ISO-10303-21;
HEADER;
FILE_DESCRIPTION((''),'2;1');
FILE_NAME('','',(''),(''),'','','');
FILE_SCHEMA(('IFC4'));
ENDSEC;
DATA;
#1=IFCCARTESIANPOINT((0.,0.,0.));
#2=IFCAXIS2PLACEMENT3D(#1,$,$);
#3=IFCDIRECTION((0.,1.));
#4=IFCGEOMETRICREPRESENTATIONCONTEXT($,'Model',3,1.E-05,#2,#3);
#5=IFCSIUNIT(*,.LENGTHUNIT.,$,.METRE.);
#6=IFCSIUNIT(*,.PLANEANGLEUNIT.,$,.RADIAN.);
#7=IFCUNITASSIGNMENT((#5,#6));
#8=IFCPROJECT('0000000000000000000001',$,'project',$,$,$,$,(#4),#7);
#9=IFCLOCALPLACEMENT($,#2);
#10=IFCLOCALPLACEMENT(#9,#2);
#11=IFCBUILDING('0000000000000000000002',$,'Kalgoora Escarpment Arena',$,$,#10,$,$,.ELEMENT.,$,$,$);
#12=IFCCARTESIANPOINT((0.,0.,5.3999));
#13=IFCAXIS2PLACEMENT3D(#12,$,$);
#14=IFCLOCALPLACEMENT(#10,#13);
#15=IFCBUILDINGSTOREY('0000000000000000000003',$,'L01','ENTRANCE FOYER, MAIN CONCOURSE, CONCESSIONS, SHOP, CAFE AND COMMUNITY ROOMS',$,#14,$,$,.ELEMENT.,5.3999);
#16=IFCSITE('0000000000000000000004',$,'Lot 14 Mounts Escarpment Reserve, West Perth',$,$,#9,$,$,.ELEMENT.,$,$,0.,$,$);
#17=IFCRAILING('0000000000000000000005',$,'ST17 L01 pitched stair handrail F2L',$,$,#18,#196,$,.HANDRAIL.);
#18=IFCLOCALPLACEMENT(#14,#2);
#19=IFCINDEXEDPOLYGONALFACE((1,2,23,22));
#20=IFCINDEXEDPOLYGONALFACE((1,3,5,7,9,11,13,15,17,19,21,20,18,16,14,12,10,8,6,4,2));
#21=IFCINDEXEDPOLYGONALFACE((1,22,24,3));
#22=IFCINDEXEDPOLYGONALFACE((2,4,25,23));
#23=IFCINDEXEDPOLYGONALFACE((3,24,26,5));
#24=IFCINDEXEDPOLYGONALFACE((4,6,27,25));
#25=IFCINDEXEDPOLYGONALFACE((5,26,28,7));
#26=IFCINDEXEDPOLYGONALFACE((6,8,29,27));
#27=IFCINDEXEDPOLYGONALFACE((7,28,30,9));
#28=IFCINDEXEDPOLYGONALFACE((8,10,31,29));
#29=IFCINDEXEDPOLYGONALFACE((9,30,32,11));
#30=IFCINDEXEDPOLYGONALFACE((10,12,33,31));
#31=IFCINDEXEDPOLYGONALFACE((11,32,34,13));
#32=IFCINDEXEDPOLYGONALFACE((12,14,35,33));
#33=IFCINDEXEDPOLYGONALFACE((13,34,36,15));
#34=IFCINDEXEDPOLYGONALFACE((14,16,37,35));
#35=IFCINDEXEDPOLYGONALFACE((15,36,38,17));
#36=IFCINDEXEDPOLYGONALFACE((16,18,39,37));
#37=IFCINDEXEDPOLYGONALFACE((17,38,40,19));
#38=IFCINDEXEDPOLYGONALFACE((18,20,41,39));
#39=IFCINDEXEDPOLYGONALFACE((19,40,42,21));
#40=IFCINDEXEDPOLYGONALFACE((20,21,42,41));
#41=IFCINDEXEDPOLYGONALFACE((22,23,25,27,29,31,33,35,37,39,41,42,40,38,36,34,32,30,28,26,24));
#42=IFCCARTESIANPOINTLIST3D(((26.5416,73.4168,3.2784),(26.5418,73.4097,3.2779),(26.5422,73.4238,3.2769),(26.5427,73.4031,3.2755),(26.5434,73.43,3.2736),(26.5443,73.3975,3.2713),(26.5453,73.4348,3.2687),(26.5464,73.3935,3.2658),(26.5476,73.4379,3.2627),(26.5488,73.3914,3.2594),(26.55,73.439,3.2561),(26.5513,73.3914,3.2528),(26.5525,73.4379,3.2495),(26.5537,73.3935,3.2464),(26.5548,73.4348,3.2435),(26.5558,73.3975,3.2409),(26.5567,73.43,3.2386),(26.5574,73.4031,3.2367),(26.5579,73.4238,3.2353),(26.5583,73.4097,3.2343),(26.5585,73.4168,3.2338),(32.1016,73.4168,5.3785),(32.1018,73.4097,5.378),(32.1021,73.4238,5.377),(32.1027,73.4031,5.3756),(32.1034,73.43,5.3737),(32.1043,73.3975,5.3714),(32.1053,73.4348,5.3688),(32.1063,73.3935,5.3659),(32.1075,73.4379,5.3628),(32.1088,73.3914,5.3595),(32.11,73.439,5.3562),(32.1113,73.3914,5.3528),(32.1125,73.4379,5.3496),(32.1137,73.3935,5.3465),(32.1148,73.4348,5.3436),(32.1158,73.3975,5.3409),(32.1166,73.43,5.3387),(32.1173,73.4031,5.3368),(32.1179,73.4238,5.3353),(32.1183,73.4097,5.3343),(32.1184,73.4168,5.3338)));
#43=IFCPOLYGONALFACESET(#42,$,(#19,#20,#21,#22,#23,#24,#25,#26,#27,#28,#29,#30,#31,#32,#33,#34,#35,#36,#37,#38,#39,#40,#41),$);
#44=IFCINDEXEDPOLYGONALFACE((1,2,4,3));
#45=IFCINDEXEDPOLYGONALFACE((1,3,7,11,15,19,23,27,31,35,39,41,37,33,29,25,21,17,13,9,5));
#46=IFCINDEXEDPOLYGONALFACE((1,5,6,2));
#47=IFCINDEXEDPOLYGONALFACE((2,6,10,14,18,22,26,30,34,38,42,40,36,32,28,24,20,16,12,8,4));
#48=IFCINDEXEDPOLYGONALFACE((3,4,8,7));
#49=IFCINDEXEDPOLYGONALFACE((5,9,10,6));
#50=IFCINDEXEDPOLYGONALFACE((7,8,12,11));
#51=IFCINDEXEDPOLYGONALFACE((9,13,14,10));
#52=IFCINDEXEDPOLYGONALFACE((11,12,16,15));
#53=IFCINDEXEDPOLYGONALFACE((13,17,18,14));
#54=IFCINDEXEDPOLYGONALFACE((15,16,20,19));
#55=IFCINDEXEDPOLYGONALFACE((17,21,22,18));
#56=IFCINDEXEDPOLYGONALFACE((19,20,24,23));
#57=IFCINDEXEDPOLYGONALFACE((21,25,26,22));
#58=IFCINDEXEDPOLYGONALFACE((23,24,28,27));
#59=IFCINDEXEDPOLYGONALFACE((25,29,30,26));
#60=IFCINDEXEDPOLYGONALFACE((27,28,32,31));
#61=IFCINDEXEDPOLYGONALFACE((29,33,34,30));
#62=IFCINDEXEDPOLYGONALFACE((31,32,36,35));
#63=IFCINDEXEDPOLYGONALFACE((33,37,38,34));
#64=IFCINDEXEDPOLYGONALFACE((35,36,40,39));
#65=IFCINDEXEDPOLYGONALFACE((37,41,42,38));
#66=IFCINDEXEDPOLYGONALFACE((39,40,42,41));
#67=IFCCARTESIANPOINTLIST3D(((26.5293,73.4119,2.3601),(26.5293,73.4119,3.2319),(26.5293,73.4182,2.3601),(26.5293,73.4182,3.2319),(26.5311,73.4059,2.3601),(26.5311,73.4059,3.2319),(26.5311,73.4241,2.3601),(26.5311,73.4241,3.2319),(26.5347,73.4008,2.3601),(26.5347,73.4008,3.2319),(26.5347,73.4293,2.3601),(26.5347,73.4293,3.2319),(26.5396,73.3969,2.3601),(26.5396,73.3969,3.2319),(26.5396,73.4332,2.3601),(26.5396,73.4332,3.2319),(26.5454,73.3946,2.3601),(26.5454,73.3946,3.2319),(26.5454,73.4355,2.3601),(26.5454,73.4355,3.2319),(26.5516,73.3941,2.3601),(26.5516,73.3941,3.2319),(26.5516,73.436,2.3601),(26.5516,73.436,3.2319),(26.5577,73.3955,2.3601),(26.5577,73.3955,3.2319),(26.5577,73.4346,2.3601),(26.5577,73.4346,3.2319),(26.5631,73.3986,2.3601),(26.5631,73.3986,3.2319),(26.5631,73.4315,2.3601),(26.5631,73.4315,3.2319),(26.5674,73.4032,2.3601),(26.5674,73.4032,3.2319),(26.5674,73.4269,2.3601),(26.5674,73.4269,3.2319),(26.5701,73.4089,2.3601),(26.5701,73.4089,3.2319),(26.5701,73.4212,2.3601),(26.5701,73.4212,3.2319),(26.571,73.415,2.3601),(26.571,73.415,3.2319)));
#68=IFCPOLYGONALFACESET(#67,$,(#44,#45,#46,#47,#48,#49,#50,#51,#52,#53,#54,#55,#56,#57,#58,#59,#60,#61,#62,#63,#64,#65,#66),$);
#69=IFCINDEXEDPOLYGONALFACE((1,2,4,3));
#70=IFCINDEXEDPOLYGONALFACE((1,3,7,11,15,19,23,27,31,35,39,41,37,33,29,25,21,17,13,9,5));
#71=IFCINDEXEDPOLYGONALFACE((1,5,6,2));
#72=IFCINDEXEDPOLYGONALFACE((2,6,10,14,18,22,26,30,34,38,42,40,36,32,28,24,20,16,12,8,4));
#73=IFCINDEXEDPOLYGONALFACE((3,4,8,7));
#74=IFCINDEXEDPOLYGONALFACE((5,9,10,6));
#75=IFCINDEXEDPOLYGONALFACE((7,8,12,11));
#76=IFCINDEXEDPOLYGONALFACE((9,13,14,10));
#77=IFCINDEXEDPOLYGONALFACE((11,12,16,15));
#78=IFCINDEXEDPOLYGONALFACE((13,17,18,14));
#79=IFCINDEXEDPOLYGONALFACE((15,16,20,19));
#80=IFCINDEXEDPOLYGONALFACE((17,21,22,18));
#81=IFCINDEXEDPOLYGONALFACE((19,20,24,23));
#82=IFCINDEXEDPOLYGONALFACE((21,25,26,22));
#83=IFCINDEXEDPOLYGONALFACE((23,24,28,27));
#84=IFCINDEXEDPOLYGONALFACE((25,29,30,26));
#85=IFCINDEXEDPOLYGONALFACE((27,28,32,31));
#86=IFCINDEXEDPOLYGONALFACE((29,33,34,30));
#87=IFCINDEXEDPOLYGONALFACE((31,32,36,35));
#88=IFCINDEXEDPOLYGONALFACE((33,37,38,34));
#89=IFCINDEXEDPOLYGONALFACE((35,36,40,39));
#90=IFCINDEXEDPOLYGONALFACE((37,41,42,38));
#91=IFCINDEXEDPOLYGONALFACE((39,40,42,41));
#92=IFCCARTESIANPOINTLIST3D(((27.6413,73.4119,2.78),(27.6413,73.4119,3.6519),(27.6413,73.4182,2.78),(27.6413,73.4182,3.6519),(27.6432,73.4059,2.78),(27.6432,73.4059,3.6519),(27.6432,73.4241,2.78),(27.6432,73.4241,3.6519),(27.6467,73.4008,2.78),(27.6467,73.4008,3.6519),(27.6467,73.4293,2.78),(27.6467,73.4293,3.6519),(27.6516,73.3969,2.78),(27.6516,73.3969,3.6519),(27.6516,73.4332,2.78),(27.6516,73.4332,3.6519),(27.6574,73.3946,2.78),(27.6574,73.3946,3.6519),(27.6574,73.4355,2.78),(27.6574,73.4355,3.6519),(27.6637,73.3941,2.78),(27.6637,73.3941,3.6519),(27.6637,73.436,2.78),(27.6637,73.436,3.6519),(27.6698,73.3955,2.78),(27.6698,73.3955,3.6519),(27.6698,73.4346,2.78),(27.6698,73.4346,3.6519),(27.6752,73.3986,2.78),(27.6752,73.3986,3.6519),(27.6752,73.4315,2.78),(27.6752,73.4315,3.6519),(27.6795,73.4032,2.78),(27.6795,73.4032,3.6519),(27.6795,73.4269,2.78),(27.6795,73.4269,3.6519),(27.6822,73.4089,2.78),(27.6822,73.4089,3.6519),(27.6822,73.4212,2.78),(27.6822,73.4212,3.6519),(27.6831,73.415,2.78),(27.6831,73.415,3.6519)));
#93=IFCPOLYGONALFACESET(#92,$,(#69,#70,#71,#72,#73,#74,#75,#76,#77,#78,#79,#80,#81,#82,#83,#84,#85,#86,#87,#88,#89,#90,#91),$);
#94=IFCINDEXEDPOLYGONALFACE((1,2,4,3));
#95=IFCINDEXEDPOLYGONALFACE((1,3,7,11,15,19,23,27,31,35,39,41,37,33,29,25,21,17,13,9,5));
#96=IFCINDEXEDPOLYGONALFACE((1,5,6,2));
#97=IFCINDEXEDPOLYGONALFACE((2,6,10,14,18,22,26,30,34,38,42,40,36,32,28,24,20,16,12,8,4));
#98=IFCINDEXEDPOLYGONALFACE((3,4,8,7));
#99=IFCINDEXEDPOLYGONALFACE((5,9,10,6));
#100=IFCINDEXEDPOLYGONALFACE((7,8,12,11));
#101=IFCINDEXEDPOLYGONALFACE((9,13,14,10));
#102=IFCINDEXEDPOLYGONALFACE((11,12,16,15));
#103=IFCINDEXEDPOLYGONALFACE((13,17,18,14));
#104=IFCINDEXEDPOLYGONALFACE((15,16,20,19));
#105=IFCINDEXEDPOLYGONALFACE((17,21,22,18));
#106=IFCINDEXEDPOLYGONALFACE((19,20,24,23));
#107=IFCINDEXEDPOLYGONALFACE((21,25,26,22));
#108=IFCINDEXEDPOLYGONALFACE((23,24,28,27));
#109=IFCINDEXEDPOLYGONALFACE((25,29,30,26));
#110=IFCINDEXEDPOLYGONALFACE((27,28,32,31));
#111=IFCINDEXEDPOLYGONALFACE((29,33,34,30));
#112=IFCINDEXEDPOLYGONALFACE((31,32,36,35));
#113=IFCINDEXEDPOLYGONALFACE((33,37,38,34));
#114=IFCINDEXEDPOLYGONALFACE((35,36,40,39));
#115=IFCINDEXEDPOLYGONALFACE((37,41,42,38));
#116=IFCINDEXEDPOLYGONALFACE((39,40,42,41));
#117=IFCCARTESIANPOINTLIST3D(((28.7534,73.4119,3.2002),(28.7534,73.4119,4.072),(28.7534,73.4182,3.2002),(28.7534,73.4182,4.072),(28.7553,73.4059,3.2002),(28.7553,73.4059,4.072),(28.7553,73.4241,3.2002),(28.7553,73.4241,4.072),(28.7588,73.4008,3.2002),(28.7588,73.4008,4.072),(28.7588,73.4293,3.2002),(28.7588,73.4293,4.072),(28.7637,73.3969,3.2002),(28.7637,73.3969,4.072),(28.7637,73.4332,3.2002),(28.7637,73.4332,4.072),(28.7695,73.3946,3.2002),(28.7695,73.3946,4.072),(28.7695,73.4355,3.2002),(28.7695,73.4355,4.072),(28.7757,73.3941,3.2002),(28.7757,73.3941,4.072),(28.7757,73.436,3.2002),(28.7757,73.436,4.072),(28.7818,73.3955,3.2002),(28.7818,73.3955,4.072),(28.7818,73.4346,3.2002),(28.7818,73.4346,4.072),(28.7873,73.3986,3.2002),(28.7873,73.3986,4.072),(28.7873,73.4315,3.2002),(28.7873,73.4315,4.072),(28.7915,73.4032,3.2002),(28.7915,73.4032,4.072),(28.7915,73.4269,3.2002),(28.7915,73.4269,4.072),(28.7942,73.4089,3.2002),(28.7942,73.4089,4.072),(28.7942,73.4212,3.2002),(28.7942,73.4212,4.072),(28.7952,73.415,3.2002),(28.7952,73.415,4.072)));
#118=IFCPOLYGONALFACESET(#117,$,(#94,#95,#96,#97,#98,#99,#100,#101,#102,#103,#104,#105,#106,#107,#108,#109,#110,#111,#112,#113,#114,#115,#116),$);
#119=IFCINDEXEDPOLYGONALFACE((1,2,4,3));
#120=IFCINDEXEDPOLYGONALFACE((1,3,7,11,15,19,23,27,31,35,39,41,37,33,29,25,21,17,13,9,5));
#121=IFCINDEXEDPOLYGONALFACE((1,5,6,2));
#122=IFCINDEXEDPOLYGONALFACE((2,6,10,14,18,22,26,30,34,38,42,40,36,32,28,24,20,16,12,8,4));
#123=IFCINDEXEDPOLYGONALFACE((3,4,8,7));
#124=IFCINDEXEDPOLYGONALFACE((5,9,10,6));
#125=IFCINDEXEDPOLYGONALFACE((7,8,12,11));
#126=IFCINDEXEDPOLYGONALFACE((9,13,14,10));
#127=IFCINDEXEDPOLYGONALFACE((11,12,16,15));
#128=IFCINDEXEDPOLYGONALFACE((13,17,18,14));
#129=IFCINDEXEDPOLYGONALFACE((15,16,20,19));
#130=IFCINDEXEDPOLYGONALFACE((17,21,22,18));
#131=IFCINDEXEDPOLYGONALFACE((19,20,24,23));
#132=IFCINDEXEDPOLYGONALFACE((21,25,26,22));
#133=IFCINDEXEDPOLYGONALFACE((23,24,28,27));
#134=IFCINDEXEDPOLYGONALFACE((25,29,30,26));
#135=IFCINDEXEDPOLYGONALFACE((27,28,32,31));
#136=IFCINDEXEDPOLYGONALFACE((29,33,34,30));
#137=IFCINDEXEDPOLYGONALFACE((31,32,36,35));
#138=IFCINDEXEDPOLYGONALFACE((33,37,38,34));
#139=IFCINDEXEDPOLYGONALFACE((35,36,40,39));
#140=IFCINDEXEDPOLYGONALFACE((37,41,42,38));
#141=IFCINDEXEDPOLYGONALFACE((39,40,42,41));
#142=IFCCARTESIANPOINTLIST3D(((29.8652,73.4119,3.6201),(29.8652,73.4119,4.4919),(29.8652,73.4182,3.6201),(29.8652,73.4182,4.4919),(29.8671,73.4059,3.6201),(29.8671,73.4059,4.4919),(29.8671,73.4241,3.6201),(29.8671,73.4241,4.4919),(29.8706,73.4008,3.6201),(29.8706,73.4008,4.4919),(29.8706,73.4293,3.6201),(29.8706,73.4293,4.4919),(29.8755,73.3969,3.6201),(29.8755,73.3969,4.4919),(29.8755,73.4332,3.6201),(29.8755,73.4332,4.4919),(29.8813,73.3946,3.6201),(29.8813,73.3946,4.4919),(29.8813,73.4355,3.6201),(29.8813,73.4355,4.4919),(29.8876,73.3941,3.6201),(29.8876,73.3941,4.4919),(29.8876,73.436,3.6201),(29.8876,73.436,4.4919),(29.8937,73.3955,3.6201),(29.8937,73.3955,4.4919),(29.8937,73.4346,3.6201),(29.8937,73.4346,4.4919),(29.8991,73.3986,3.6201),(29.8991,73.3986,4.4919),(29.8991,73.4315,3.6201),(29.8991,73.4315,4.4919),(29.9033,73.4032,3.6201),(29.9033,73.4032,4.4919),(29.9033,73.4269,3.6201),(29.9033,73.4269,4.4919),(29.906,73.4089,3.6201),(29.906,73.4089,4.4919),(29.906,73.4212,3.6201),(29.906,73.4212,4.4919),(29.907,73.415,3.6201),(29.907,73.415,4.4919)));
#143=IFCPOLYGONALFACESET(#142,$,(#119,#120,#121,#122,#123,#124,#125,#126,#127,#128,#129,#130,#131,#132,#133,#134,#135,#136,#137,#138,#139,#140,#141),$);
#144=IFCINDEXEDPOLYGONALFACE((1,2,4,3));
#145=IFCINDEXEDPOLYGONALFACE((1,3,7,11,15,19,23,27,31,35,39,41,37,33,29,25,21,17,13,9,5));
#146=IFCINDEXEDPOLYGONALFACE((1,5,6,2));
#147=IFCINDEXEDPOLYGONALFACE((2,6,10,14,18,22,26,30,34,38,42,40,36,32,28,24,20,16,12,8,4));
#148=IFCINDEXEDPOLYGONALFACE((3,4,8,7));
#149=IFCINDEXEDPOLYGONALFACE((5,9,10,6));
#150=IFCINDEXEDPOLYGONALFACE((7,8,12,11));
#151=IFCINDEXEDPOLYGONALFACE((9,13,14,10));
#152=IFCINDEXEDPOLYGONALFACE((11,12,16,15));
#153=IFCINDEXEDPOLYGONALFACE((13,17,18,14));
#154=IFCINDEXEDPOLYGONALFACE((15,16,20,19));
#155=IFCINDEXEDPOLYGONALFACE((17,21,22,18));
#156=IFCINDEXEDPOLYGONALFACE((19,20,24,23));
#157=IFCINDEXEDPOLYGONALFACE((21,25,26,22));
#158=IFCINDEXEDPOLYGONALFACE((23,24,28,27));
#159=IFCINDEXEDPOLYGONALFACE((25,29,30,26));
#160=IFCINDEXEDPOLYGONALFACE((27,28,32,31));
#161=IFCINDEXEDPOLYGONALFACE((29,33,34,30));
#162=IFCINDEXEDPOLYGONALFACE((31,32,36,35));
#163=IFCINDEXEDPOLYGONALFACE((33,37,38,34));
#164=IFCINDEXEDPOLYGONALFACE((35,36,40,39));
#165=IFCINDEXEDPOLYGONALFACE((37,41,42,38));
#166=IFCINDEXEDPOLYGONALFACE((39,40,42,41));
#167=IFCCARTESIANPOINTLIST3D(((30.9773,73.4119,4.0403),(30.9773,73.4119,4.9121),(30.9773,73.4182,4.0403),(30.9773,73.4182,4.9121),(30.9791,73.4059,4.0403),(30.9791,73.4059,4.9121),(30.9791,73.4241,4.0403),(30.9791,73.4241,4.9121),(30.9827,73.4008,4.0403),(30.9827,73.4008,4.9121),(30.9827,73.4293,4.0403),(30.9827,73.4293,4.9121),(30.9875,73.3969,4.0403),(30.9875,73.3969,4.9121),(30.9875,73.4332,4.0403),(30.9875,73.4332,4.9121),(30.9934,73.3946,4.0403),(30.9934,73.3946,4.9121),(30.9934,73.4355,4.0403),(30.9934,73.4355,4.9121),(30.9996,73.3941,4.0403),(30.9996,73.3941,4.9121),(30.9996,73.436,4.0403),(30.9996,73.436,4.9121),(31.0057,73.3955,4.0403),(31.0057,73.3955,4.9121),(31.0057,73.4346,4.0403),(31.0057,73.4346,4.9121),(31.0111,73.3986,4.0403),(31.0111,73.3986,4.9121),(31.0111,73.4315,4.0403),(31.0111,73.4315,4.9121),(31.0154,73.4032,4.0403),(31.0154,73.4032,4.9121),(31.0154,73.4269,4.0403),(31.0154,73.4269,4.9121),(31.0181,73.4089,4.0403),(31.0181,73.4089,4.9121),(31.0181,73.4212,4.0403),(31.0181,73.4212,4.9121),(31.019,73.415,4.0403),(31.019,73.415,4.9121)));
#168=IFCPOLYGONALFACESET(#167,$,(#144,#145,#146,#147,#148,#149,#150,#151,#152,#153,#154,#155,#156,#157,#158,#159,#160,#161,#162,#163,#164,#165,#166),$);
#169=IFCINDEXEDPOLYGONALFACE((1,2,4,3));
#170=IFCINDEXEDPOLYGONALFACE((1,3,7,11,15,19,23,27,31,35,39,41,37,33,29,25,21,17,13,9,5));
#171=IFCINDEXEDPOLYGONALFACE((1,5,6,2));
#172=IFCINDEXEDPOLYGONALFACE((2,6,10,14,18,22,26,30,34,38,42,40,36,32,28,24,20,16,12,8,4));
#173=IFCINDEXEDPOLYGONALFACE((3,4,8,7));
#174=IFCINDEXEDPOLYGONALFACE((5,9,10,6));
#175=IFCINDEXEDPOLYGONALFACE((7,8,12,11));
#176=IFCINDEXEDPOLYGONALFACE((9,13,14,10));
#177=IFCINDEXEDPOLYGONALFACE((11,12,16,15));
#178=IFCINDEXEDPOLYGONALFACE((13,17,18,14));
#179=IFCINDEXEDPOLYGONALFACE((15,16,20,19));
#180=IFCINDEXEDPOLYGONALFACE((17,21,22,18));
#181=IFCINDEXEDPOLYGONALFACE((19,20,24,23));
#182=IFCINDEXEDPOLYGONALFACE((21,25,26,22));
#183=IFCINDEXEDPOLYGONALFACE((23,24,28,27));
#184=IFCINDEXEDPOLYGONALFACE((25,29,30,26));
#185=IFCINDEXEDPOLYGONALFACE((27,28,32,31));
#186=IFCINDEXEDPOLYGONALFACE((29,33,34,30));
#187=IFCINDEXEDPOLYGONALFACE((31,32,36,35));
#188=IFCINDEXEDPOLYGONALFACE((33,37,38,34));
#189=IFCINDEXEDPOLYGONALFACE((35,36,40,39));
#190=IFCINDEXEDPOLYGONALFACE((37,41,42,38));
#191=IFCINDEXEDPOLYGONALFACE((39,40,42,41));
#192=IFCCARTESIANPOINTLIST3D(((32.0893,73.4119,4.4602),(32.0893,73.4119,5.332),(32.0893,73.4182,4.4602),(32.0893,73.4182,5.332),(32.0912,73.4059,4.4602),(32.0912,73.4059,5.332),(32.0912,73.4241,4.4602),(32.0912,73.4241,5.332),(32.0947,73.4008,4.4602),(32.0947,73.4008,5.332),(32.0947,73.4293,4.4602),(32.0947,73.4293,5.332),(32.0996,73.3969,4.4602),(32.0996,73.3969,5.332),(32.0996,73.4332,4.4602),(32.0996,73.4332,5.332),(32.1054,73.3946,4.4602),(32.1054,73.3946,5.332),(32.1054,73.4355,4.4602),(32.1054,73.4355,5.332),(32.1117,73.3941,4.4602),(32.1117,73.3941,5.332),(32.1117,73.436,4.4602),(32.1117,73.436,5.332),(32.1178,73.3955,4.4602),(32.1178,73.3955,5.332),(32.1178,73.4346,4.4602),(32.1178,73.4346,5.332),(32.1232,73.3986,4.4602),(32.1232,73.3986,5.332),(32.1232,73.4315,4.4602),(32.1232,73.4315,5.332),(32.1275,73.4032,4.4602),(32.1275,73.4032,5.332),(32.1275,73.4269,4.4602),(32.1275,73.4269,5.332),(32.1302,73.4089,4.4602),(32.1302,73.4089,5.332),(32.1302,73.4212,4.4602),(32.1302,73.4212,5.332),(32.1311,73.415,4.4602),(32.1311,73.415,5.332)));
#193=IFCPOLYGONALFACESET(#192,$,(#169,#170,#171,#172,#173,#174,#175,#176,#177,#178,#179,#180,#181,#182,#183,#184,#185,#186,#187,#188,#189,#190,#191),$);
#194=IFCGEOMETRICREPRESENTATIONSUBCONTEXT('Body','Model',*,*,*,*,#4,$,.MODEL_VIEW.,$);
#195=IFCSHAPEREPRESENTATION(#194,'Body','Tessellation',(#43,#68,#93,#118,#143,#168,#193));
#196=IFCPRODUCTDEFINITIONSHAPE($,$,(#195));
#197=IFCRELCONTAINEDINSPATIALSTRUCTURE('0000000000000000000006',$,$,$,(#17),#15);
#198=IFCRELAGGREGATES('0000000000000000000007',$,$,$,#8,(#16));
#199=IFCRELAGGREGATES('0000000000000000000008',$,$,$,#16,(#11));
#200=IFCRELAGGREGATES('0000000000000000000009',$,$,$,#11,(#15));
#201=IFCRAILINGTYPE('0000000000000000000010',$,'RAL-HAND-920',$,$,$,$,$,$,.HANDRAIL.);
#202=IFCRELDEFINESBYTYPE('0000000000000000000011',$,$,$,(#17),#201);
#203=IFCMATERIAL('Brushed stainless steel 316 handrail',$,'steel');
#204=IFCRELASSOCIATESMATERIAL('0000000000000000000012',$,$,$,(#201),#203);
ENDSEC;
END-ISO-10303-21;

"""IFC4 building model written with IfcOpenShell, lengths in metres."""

from ifc_helpers import new_model, si_unit, direction, frame, origin, origin_2d, place, context, subcontext, project, spatial, circle, extrude, material, type_object, element, save


model = new_model("IFC4")

# Units and contexts
model_context = context("Model", 3, precision=1e-05, world=origin(), true_north=direction((0.0, 1.0)))
body_context = subcontext(model_context, "Body", "Model", "MODEL_VIEW")
ifc_project = project(units=[si_unit("LENGTHUNIT", "METRE"), si_unit("PLANEANGLEUNIT", "RADIAN")], contexts=[model_context])

# Site, building, storey
site_placement = place(None, origin())
site = spatial("IfcSite", under=ifc_project, at=site_placement, Name="Lot 14 Mounts Escarpment Reserve, West Perth", CompositionType="ELEMENT", RefElevation=0.0)
building_placement = place(site_placement, origin())
building = spatial("IfcBuilding", under=site, at=building_placement, Name="Kalgoora Escarpment Arena", CompositionType="ELEMENT")
storey_placement = place(building_placement, frame((0.0, 0.0, 5.3999)))
storey = spatial("IfcBuildingStorey", under=building, at=storey_placement, Name="L01", Description="ENTRANCE FOYER, MAIN CONCOURSE, CONCESSIONS, SHOP, CAFE AND COMMUNITY ROOMS", CompositionType="ELEMENT", Elevation=5.3999)

# Railing
ifc_material_1 = material(Name="Brushed stainless steel 316 handrail", Category="steel")
railing_type_1 = type_object("IfcRailingType", Name="RAL-HAND-920", PredefinedType="HANDRAIL", material=ifc_material_1)
for number, where, name in (
    (1, (26.55, 73.415, 2.3601), "ST17 L01 pitched stair handrail F2L"),
):
    element("IfcRailing", number, at=place(storey_placement, frame(where)), inside=storey, type_object=railing_type_1, Name=name, PredefinedType="HANDRAIL", context=body_context, shape_type="SweptSolid", body=[
        extrude(circle(Radius=0.0239, at=origin_2d()), frame((0.0, 0.0, 0.896), z_axis=(0.935493, 0.0, 0.353346), x_axis=(0.0, 1.0, 0.0)), (0.0, 0.0, 1.0), 5.9434),
        extrude(circle(Radius=0.021, at=origin_2d()), origin(), (0.0, 0.0, 1.0), 0.8718),
        extrude(circle(Radius=0.021, at=origin_2d()), frame((1.1121, 0.0, 0.4199)), (0.0, 0.0, 1.0), 0.8718),
        extrude(circle(Radius=0.021, at=origin_2d()), frame((2.2241, 0.0, 0.8401)), (0.0, 0.0, 1.0), 0.8718),
        extrude(circle(Radius=0.021, at=origin_2d()), frame((3.3359, 0.0, 1.26)), (0.0, 0.0, 1.0), 0.8718),
        extrude(circle(Radius=0.021, at=origin_2d()), frame((4.448, 0.0, 1.6802)), (0.0, 0.0, 1.0), 0.8718),
        extrude(circle(Radius=0.021, at=origin_2d()), frame((5.5601, 0.0, 2.1001)), (0.0, 0.0, 1.0), 0.8718),
    ])

save(model, "model.ifc")
